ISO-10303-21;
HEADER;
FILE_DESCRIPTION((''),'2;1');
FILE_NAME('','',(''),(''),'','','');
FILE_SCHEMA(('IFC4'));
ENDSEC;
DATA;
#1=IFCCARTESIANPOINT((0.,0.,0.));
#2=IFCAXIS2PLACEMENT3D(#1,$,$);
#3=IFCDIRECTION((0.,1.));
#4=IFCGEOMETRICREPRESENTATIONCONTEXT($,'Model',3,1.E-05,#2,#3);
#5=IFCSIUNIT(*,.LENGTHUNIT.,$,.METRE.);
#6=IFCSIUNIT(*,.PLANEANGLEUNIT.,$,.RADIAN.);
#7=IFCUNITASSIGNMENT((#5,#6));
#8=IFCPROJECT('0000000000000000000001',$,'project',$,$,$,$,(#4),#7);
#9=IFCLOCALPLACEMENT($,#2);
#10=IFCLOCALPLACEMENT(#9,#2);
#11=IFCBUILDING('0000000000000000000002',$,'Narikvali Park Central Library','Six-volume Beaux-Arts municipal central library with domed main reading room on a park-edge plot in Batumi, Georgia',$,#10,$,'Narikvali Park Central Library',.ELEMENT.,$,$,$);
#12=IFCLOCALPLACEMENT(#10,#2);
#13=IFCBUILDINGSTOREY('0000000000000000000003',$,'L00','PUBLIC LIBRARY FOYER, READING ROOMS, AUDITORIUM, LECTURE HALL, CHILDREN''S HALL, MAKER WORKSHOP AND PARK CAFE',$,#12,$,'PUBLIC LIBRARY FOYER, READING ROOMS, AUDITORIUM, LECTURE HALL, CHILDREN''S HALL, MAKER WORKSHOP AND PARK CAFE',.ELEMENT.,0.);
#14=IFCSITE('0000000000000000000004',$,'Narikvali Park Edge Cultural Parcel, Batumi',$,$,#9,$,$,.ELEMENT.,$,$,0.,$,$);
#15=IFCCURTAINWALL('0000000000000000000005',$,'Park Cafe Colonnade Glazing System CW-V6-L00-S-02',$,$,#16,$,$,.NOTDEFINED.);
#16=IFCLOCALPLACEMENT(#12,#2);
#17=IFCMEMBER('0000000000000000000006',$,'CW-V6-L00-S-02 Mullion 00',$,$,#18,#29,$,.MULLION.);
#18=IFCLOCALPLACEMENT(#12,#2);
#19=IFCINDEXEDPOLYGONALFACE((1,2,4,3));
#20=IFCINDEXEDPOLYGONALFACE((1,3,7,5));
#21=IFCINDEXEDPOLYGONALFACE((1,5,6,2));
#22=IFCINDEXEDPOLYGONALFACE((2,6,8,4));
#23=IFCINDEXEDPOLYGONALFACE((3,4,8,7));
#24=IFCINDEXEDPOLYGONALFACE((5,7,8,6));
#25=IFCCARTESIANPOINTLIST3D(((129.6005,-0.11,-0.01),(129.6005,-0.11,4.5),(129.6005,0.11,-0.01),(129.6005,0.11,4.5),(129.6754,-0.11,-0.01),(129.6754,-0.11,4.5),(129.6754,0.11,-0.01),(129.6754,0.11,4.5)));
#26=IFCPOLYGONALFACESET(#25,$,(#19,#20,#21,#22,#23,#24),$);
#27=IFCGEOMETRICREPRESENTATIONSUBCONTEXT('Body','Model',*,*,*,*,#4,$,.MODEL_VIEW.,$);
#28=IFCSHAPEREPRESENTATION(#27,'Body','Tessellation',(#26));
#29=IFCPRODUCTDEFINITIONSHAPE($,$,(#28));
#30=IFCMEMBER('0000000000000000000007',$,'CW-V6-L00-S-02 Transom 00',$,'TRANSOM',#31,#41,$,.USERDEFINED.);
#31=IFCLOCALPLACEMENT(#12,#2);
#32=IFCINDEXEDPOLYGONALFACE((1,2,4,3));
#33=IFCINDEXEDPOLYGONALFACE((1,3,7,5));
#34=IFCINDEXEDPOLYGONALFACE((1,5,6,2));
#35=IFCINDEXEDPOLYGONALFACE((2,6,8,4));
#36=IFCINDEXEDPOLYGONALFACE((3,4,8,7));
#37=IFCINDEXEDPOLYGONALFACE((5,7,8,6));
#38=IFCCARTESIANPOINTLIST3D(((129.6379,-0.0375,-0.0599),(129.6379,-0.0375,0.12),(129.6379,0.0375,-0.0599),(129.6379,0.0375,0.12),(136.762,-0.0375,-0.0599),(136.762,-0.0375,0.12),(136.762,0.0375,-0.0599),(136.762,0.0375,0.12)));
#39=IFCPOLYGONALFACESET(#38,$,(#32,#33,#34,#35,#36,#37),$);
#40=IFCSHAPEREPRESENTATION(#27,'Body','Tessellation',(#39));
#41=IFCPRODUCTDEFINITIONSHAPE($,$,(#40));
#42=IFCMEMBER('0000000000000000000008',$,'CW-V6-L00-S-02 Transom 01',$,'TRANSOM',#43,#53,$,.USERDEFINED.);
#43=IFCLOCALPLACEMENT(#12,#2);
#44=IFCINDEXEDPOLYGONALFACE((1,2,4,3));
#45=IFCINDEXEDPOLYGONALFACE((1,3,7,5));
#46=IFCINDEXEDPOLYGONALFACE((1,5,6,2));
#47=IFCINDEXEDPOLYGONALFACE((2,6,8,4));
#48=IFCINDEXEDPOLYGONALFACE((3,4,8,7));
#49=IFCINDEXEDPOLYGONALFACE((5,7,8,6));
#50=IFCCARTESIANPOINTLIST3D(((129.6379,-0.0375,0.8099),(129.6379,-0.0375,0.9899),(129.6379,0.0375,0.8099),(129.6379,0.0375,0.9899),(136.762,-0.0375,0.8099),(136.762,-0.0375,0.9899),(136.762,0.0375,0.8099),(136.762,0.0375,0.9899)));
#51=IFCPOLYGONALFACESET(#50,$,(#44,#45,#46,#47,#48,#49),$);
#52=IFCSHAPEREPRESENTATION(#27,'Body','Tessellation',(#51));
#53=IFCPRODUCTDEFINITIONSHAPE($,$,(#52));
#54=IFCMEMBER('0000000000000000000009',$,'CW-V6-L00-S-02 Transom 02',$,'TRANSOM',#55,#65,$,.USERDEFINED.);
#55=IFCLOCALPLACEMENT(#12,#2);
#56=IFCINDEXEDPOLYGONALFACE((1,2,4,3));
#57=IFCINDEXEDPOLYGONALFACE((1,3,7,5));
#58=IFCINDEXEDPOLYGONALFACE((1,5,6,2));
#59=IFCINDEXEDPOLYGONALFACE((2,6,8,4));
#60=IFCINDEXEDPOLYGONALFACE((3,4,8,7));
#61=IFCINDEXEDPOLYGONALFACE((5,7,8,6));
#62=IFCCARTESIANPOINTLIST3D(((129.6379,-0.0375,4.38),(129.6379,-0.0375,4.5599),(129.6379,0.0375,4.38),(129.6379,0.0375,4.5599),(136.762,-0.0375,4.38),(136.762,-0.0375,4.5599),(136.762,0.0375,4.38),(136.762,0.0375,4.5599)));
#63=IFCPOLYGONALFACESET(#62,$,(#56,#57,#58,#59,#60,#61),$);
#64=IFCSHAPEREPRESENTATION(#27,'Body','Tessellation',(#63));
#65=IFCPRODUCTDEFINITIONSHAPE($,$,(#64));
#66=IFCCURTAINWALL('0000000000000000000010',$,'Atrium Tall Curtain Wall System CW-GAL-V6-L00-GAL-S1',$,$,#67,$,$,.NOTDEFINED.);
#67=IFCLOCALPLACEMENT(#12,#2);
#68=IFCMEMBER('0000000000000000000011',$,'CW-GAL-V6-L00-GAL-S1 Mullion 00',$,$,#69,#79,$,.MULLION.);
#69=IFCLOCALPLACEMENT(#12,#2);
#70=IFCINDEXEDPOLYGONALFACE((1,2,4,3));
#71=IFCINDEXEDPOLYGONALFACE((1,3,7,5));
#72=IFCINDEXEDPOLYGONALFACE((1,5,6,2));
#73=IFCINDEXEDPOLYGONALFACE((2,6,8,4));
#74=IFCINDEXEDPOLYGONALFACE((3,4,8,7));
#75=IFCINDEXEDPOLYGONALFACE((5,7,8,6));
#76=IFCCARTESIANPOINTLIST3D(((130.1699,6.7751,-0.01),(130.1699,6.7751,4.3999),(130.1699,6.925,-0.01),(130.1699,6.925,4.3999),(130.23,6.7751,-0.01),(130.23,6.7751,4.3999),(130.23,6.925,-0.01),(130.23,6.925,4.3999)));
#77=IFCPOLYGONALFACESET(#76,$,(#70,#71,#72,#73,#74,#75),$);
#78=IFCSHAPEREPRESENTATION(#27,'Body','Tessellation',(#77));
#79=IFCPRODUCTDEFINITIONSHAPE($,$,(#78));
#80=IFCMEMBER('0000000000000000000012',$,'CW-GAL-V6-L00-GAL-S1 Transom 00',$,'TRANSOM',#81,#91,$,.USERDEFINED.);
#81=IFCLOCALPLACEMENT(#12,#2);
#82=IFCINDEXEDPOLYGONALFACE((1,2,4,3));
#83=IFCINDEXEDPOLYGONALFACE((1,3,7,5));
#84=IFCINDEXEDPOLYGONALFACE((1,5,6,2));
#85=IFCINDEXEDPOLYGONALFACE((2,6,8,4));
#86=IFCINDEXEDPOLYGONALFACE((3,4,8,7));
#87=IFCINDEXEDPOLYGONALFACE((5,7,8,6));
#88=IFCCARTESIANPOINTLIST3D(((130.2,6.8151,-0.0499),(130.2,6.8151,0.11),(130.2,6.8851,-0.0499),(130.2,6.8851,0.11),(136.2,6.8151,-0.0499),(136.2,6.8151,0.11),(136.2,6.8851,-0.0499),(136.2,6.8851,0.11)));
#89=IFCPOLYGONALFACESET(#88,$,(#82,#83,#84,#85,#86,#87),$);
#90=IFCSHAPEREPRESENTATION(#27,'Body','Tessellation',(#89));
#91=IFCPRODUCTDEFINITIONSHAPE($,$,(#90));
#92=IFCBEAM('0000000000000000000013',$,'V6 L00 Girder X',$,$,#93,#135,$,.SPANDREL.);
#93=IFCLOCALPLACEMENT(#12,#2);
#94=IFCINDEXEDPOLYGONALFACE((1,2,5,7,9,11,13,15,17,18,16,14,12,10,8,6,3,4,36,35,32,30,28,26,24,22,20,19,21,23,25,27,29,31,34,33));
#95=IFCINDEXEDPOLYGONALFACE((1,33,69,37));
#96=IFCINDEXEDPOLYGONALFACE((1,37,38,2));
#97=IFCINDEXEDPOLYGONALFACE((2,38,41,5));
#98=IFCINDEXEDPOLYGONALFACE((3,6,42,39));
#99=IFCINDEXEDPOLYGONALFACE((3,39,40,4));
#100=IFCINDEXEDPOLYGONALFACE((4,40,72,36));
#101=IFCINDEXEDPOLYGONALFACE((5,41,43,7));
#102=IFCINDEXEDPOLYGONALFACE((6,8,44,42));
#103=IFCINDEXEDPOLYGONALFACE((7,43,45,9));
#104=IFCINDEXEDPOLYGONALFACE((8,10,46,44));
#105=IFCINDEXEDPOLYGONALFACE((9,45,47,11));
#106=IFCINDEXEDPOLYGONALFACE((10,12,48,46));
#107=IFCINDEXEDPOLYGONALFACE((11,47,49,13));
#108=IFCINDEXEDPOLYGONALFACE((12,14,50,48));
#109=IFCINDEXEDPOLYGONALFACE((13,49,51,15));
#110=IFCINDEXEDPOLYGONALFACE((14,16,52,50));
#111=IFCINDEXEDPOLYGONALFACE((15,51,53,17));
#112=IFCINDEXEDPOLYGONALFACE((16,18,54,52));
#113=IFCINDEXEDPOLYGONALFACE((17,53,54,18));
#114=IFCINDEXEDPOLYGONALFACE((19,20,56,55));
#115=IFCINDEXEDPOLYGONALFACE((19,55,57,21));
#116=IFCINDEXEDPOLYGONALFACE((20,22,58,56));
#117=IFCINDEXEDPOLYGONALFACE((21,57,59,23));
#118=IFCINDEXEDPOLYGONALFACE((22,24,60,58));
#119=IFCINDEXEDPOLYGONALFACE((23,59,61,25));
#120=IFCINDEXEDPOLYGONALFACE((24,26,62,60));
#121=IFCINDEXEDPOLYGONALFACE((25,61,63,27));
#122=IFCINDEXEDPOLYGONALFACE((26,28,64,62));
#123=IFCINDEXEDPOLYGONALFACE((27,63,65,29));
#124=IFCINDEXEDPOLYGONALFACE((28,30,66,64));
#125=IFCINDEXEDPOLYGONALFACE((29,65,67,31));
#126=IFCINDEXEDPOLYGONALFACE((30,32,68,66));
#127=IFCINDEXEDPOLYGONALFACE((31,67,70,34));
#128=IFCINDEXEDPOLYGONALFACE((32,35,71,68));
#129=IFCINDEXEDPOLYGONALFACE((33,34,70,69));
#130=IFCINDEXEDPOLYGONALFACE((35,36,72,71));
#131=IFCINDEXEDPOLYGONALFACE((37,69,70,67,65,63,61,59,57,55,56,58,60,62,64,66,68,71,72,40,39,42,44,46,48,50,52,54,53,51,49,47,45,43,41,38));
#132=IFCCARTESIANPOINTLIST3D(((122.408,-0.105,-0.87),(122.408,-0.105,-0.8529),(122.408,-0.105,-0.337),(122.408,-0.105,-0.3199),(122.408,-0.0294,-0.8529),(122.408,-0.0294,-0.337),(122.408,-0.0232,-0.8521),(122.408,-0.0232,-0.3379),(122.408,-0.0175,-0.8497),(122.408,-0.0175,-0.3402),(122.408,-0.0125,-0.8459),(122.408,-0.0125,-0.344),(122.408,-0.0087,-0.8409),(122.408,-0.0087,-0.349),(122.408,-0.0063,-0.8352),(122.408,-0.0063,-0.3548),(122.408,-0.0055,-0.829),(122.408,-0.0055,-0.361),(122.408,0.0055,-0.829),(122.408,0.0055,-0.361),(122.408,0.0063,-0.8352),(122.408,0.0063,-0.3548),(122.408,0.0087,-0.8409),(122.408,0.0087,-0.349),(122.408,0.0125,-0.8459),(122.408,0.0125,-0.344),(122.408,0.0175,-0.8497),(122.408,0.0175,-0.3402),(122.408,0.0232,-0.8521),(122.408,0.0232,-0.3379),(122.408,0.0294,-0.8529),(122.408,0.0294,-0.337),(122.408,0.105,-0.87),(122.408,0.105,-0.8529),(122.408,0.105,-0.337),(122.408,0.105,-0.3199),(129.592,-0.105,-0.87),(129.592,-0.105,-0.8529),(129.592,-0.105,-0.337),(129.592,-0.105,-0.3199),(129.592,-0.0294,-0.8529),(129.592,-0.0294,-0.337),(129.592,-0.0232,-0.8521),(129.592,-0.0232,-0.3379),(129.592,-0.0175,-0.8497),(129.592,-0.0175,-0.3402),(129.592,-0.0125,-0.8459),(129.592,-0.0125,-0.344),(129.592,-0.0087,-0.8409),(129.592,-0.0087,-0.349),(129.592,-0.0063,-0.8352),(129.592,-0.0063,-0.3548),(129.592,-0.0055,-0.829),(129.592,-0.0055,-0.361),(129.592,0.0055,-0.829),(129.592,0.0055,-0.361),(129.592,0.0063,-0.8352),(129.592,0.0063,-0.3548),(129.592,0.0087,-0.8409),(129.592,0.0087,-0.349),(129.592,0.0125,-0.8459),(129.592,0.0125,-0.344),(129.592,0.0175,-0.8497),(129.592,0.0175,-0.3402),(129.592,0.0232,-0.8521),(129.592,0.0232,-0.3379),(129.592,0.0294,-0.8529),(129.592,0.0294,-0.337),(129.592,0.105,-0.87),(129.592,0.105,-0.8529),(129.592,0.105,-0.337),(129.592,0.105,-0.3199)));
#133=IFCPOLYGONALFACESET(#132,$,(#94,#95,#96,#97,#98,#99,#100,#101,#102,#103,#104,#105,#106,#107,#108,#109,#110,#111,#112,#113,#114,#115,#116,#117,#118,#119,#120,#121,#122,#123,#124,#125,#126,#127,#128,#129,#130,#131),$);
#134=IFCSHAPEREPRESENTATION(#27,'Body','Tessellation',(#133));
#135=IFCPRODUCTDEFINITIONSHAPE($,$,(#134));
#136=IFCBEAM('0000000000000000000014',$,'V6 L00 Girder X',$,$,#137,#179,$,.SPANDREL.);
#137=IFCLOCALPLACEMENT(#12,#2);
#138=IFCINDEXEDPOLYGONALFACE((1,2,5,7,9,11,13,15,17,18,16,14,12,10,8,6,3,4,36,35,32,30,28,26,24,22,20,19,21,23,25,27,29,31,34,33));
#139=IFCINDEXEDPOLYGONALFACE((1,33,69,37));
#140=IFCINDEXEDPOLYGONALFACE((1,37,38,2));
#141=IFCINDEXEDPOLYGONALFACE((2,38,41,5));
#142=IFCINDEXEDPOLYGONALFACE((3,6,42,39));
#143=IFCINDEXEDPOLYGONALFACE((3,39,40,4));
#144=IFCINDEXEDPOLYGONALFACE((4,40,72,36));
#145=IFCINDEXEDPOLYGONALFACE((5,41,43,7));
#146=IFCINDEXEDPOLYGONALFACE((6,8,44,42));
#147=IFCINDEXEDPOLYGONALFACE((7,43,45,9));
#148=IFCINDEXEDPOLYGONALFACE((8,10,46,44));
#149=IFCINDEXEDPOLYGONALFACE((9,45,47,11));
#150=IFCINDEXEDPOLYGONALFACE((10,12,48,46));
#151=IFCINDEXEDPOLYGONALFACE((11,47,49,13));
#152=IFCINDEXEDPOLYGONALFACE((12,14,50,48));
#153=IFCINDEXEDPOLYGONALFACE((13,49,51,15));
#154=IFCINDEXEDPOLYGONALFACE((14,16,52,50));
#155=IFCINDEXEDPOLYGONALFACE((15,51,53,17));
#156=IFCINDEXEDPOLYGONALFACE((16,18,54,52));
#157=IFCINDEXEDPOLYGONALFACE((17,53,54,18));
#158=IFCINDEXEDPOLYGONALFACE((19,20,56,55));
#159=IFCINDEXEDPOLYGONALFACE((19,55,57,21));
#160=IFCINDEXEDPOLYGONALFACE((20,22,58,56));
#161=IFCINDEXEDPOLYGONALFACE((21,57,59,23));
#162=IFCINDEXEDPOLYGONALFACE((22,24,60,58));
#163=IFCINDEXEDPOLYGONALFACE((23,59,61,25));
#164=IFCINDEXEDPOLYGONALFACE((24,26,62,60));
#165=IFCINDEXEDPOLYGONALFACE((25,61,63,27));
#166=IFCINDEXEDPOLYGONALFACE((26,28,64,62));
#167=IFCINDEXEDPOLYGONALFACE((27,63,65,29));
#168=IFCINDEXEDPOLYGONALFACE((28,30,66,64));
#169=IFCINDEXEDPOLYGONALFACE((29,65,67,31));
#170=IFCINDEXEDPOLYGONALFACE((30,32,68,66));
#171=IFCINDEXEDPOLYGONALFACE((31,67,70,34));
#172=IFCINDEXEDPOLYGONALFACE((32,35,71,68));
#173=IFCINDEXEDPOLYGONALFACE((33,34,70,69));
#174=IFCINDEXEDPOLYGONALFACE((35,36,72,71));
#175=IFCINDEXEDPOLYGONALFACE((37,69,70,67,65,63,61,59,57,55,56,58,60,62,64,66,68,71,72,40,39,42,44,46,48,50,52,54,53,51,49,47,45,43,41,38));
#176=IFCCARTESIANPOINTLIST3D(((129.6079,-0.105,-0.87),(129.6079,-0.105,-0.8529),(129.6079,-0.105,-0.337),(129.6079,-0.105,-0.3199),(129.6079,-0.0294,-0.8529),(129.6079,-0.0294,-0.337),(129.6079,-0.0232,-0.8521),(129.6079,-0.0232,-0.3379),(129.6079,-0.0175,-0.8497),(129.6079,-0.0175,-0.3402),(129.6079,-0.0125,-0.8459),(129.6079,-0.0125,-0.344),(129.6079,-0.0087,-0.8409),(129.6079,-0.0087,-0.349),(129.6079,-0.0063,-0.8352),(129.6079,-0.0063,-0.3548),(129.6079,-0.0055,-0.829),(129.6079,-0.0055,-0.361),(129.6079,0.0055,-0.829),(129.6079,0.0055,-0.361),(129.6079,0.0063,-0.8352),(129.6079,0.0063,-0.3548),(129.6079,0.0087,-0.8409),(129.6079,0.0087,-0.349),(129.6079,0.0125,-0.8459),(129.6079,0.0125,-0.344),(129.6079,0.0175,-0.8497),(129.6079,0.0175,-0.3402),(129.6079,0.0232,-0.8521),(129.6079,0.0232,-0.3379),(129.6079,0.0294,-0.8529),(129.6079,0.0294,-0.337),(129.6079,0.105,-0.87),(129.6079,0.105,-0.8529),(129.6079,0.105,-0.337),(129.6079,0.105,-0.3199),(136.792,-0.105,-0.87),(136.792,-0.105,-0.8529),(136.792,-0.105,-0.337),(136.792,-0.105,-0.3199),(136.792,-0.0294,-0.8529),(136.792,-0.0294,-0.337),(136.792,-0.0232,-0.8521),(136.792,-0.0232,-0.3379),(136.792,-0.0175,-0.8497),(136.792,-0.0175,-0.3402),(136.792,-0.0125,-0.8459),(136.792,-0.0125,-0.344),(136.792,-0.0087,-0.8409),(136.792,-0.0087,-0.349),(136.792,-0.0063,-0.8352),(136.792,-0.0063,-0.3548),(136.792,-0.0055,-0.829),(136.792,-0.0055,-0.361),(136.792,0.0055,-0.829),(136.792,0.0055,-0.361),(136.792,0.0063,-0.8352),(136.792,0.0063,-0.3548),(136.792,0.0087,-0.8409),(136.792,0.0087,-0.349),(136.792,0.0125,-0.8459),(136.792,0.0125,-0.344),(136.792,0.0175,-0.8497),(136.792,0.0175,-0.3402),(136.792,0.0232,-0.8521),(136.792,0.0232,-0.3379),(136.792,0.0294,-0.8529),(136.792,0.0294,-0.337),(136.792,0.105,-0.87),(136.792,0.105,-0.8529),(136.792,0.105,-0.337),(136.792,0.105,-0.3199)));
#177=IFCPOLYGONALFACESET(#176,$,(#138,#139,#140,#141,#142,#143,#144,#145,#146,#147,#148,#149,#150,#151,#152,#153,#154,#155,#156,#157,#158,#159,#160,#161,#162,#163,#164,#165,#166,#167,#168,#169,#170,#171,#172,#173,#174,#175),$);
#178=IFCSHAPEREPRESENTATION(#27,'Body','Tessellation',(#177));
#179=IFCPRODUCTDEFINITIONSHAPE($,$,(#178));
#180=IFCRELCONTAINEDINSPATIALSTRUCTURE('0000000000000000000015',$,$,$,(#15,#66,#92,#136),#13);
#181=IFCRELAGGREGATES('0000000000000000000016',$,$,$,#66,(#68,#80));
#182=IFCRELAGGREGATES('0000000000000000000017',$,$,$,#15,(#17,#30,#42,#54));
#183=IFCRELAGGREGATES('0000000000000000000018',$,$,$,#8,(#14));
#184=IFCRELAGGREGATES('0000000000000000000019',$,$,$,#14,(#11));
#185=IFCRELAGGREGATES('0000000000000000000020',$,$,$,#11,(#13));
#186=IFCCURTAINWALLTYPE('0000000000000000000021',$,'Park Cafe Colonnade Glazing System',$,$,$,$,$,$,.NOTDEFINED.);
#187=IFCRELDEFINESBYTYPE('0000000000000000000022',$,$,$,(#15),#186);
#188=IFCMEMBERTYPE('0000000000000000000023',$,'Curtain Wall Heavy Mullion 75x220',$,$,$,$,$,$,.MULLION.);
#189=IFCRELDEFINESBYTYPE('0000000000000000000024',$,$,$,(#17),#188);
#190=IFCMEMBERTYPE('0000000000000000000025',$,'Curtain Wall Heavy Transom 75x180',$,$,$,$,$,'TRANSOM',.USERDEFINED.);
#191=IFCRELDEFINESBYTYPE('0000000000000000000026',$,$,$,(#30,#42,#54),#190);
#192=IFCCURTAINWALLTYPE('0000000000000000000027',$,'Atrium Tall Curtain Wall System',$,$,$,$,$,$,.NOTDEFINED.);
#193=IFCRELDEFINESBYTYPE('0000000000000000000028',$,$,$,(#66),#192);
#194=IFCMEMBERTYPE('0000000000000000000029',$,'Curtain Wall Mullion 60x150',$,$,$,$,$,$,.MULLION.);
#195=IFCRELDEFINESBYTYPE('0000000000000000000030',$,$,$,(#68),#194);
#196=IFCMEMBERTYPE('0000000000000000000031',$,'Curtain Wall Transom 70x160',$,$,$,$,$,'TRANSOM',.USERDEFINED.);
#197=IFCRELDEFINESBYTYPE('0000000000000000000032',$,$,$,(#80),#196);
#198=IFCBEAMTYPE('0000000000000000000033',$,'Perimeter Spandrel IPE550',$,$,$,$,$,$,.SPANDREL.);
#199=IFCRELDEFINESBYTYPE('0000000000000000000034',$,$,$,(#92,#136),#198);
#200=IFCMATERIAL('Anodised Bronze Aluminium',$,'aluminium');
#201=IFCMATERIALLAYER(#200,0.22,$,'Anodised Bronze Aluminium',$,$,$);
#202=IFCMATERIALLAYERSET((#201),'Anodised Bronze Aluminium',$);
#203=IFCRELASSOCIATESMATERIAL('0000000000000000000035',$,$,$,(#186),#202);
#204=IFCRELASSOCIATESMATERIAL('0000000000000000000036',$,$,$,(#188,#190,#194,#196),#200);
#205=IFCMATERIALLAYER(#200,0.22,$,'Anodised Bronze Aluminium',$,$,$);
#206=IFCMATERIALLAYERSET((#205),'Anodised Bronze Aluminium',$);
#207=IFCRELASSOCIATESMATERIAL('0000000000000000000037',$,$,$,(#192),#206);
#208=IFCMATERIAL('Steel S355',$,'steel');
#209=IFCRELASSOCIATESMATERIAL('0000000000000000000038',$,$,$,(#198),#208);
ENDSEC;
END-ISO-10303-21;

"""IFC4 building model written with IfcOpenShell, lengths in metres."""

from ifc_helpers import new_model, si_unit, direction, frame, origin, origin_2d, place, context, subcontext, project, spatial, rectangle, i_section, extrude, material, layer, layer_set, material_profile, profile_set, type_object, element, aggregate, save


model = new_model("IFC4")

# Units and contexts
model_context = context("Model", 3, precision=1e-05, world=origin(), true_north=direction((0.0, 1.0)))
body_context = subcontext(model_context, "Body", "Model", "MODEL_VIEW")
ifc_project = project(units=[si_unit("LENGTHUNIT", "METRE"), si_unit("PLANEANGLEUNIT", "RADIAN")], contexts=[model_context])

# Site, building, storey
site_placement = place(None, origin())
site = spatial("IfcSite", under=ifc_project, at=site_placement, Name="Narikvali Park Edge Cultural Parcel, Batumi", CompositionType="ELEMENT", RefElevation=0.0)
building_placement = place(site_placement, origin())
building = spatial("IfcBuilding", under=site, at=building_placement, Name="Narikvali Park Central Library", Description="Six-volume Beaux-Arts municipal central library with domed main reading room on a park-edge plot in Batumi, Georgia", LongName="Narikvali Park Central Library", CompositionType="ELEMENT")
storey_placement = place(building_placement, origin())
storey = spatial("IfcBuildingStorey", under=building, at=storey_placement, Name="L00", Description="PUBLIC LIBRARY FOYER, READING ROOMS, AUDITORIUM, LECTURE HALL, CHILDREN'S HALL, MAKER WORKSHOP AND PARK CAFE", LongName="PUBLIC LIBRARY FOYER, READING ROOMS, AUDITORIUM, LECTURE HALL, CHILDREN'S HALL, MAKER WORKSHOP AND PARK CAFE", CompositionType="ELEMENT", Elevation=0.0)

# Shared definitions
ifc_material_1 = material(Name="Steel S355", Category="steel")

# Curtain walls, members
ifc_material_2 = material(Name="Anodised Bronze Aluminium", Category="aluminium")
ifc_layer_1 = layer(ifc_material_2, 0.22, Name="Anodised Bronze Aluminium")
ifc_layer_set_1 = layer_set([ifc_layer_1], Name="Anodised Bronze Aluminium")
curtain_wall_type_1 = type_object("IfcCurtainWallType", Name="Park Cafe Colonnade Glazing System", PredefinedType="NOTDEFINED", material=ifc_layer_set_1)
curtain_wall_1_placement = place(storey_placement, origin())
curtain_wall_1 = element("IfcCurtainWall", 1, at=curtain_wall_1_placement, inside=storey, type_object=curtain_wall_type_1, Name="Park Cafe Colonnade Glazing System CW-V6-L00-S-02", PredefinedType="NOTDEFINED")
ifc_material_profile_1 = material_profile(ifc_material_2, rectangle(XDim=0.075, YDim=0.22, at=origin_2d()), Name="CW MULLION 75x220")
ifc_profile_set_1 = profile_set([ifc_material_profile_1], Name="Anodised Bronze Aluminium")
member_type_1 = type_object("IfcMemberType", Name="Curtain Wall Heavy Mullion 75x220", PredefinedType="MULLION", material=ifc_profile_set_1)
member_1_placement = place(storey_placement, frame((129.6379, 0.0, -0.01), z_axis=(0.0, 0.0, 1.0), x_axis=(1.0, 0.0, 0.0)))
member_1 = element("IfcMember", 2, at=member_1_placement, type_object=member_type_1, Name="CW-V6-L00-S-02 Mullion 00", PredefinedType="MULLION", context=body_context, shape_type="SweptSolid", body=[
    extrude(rectangle(XDim=0.075, YDim=0.22, at=origin_2d()), origin(), (0.0, 0.0, 1.0), 4.51),
])
ifc_material_profile_2 = material_profile(ifc_material_2, rectangle(XDim=0.075, YDim=0.1799, at=origin_2d()), Name="CW TRANSOM 75x180")
ifc_profile_set_2 = profile_set([ifc_material_profile_2], Name="Anodised Bronze Aluminium")
member_type_2 = type_object("IfcMemberType", Name="Curtain Wall Heavy Transom 75x180", ElementType="TRANSOM", PredefinedType="USERDEFINED", material=ifc_profile_set_2)
member_2_placement = place(storey_placement, frame((129.6379, 0.0, 0.03), z_axis=(1.0, 0.0, 0.0), x_axis=(0.0, 1.0, 0.0)))
member_2 = element("IfcMember", 3, at=member_2_placement, type_object=member_type_2, Name="CW-V6-L00-S-02 Transom 00", ObjectType="TRANSOM", PredefinedType="USERDEFINED", context=body_context, shape_type="SweptSolid", body=[
    extrude(rectangle(XDim=0.075, YDim=0.1799, at=origin_2d()), origin(), (0.0, 0.0, 1.0), 7.124),
])
member_3_placement = place(storey_placement, frame((129.6379, 0.0, 0.8999), z_axis=(1.0, 0.0, 0.0), x_axis=(0.0, 1.0, 0.0)))
member_3 = element("IfcMember", 4, at=member_3_placement, type_object=member_type_2, Name="CW-V6-L00-S-02 Transom 01", ObjectType="TRANSOM", PredefinedType="USERDEFINED", context=body_context, shape_type="SweptSolid", body=[
    extrude(rectangle(XDim=0.075, YDim=0.1799, at=origin_2d()), origin(), (0.0, 0.0, 1.0), 7.124),
])
member_4_placement = place(storey_placement, frame((129.6379, 0.0, 4.47), z_axis=(1.0, 0.0, 0.0), x_axis=(0.0, 1.0, 0.0)))
member_4 = element("IfcMember", 5, at=member_4_placement, type_object=member_type_2, Name="CW-V6-L00-S-02 Transom 02", ObjectType="TRANSOM", PredefinedType="USERDEFINED", context=body_context, shape_type="SweptSolid", body=[
    extrude(rectangle(XDim=0.075, YDim=0.1799, at=origin_2d()), origin(), (0.0, 0.0, 1.0), 7.124),
])
ifc_layer_2 = layer(ifc_material_2, 0.22, Name="Anodised Bronze Aluminium")
ifc_layer_set_2 = layer_set([ifc_layer_2], Name="Anodised Bronze Aluminium")
curtain_wall_type_2 = type_object("IfcCurtainWallType", Name="Atrium Tall Curtain Wall System", PredefinedType="NOTDEFINED", material=ifc_layer_set_2)
curtain_wall_2_placement = place(storey_placement, origin())
curtain_wall_2 = element("IfcCurtainWall", 6, at=curtain_wall_2_placement, inside=storey, type_object=curtain_wall_type_2, Name="Atrium Tall Curtain Wall System CW-GAL-V6-L00-GAL-S1", PredefinedType="NOTDEFINED")
ifc_material_profile_3 = material_profile(ifc_material_2, rectangle(XDim=0.0601, YDim=0.1499, at=origin_2d()), Name="CW MULLION 60x150")
ifc_profile_set_3 = profile_set([ifc_material_profile_3], Name="Anodised Bronze Aluminium")
member_type_3 = type_object("IfcMemberType", Name="Curtain Wall Mullion 60x150", PredefinedType="MULLION", material=ifc_profile_set_3)
member_5_placement = place(storey_placement, frame((130.2, 6.8501, -0.01), z_axis=(0.0, 0.0, 1.0), x_axis=(1.0, 0.0, 0.0)))
member_5 = element("IfcMember", 7, at=member_5_placement, type_object=member_type_3, Name="CW-GAL-V6-L00-GAL-S1 Mullion 00", PredefinedType="MULLION", context=body_context, shape_type="SweptSolid", body=[
    extrude(rectangle(XDim=0.0601, YDim=0.1499, at=origin_2d()), origin(), (0.0, 0.0, 1.0), 4.4099),
])
ifc_material_profile_4 = material_profile(ifc_material_2, rectangle(XDim=0.0701, YDim=0.1599, at=origin_2d()), Name="CW TRANSOM 70x160")
ifc_profile_set_4 = profile_set([ifc_material_profile_4], Name="Anodised Bronze Aluminium")
member_type_4 = type_object("IfcMemberType", Name="Curtain Wall Transom 70x160", ElementType="TRANSOM", PredefinedType="USERDEFINED", material=ifc_profile_set_4)
member_6_placement = place(storey_placement, frame((130.2, 6.8501, 0.03), z_axis=(1.0, 0.0, 0.0), x_axis=(0.0, 1.0, 0.0)))
member_6 = element("IfcMember", 8, at=member_6_placement, type_object=member_type_4, Name="CW-GAL-V6-L00-GAL-S1 Transom 00", ObjectType="TRANSOM", PredefinedType="USERDEFINED", context=body_context, shape_type="SweptSolid", body=[
    extrude(rectangle(XDim=0.0701, YDim=0.1599, at=origin_2d()), origin(), (0.0, 0.0, 1.0), 6.0),
])
aggregate(curtain_wall_2, [member_5, member_6])

# Beams
ifc_material_profile_5 = material_profile(ifc_material_1, i_section(OverallWidth=0.21, OverallDepth=0.55, WebThickness=0.011, FlangeThickness=0.0171, FilletRadius=0.0239, at=origin_2d()), Name="IPE 550")
ifc_profile_set_5 = profile_set([ifc_material_profile_5], Name="Steel S355")
beam_type_1 = type_object("IfcBeamType", Name="Perimeter Spandrel IPE550", PredefinedType="SPANDREL", material=ifc_profile_set_5)
for number, where, z_axis, x_axis, name in (
    (9, (122.408, 0.0, -0.595), (1.0, 0.0, 0.0), (0.0, 1.0, 0.0), "V6 L00 Girder X"),
    (10, (129.6079, 0.0, -0.595), (1.0, 0.0, 0.0), (0.0, 1.0, 0.0), "V6 L00 Girder X"),
):
    element("IfcBeam", number, at=place(storey_placement, frame(where, z_axis=z_axis, x_axis=x_axis)), inside=storey, type_object=beam_type_1, Name=name, PredefinedType="SPANDREL", context=body_context, shape_type="SweptSolid", body=[
        extrude(i_section(OverallWidth=0.21, OverallDepth=0.55, WebThickness=0.011, FlangeThickness=0.0171, FilletRadius=0.0239, at=origin_2d()), origin(), (0.0, 0.0, 1.0), 7.1841),
    ])

aggregate(curtain_wall_1, [member_1, member_2, member_3, member_4])

save(model, "model.ifc")
